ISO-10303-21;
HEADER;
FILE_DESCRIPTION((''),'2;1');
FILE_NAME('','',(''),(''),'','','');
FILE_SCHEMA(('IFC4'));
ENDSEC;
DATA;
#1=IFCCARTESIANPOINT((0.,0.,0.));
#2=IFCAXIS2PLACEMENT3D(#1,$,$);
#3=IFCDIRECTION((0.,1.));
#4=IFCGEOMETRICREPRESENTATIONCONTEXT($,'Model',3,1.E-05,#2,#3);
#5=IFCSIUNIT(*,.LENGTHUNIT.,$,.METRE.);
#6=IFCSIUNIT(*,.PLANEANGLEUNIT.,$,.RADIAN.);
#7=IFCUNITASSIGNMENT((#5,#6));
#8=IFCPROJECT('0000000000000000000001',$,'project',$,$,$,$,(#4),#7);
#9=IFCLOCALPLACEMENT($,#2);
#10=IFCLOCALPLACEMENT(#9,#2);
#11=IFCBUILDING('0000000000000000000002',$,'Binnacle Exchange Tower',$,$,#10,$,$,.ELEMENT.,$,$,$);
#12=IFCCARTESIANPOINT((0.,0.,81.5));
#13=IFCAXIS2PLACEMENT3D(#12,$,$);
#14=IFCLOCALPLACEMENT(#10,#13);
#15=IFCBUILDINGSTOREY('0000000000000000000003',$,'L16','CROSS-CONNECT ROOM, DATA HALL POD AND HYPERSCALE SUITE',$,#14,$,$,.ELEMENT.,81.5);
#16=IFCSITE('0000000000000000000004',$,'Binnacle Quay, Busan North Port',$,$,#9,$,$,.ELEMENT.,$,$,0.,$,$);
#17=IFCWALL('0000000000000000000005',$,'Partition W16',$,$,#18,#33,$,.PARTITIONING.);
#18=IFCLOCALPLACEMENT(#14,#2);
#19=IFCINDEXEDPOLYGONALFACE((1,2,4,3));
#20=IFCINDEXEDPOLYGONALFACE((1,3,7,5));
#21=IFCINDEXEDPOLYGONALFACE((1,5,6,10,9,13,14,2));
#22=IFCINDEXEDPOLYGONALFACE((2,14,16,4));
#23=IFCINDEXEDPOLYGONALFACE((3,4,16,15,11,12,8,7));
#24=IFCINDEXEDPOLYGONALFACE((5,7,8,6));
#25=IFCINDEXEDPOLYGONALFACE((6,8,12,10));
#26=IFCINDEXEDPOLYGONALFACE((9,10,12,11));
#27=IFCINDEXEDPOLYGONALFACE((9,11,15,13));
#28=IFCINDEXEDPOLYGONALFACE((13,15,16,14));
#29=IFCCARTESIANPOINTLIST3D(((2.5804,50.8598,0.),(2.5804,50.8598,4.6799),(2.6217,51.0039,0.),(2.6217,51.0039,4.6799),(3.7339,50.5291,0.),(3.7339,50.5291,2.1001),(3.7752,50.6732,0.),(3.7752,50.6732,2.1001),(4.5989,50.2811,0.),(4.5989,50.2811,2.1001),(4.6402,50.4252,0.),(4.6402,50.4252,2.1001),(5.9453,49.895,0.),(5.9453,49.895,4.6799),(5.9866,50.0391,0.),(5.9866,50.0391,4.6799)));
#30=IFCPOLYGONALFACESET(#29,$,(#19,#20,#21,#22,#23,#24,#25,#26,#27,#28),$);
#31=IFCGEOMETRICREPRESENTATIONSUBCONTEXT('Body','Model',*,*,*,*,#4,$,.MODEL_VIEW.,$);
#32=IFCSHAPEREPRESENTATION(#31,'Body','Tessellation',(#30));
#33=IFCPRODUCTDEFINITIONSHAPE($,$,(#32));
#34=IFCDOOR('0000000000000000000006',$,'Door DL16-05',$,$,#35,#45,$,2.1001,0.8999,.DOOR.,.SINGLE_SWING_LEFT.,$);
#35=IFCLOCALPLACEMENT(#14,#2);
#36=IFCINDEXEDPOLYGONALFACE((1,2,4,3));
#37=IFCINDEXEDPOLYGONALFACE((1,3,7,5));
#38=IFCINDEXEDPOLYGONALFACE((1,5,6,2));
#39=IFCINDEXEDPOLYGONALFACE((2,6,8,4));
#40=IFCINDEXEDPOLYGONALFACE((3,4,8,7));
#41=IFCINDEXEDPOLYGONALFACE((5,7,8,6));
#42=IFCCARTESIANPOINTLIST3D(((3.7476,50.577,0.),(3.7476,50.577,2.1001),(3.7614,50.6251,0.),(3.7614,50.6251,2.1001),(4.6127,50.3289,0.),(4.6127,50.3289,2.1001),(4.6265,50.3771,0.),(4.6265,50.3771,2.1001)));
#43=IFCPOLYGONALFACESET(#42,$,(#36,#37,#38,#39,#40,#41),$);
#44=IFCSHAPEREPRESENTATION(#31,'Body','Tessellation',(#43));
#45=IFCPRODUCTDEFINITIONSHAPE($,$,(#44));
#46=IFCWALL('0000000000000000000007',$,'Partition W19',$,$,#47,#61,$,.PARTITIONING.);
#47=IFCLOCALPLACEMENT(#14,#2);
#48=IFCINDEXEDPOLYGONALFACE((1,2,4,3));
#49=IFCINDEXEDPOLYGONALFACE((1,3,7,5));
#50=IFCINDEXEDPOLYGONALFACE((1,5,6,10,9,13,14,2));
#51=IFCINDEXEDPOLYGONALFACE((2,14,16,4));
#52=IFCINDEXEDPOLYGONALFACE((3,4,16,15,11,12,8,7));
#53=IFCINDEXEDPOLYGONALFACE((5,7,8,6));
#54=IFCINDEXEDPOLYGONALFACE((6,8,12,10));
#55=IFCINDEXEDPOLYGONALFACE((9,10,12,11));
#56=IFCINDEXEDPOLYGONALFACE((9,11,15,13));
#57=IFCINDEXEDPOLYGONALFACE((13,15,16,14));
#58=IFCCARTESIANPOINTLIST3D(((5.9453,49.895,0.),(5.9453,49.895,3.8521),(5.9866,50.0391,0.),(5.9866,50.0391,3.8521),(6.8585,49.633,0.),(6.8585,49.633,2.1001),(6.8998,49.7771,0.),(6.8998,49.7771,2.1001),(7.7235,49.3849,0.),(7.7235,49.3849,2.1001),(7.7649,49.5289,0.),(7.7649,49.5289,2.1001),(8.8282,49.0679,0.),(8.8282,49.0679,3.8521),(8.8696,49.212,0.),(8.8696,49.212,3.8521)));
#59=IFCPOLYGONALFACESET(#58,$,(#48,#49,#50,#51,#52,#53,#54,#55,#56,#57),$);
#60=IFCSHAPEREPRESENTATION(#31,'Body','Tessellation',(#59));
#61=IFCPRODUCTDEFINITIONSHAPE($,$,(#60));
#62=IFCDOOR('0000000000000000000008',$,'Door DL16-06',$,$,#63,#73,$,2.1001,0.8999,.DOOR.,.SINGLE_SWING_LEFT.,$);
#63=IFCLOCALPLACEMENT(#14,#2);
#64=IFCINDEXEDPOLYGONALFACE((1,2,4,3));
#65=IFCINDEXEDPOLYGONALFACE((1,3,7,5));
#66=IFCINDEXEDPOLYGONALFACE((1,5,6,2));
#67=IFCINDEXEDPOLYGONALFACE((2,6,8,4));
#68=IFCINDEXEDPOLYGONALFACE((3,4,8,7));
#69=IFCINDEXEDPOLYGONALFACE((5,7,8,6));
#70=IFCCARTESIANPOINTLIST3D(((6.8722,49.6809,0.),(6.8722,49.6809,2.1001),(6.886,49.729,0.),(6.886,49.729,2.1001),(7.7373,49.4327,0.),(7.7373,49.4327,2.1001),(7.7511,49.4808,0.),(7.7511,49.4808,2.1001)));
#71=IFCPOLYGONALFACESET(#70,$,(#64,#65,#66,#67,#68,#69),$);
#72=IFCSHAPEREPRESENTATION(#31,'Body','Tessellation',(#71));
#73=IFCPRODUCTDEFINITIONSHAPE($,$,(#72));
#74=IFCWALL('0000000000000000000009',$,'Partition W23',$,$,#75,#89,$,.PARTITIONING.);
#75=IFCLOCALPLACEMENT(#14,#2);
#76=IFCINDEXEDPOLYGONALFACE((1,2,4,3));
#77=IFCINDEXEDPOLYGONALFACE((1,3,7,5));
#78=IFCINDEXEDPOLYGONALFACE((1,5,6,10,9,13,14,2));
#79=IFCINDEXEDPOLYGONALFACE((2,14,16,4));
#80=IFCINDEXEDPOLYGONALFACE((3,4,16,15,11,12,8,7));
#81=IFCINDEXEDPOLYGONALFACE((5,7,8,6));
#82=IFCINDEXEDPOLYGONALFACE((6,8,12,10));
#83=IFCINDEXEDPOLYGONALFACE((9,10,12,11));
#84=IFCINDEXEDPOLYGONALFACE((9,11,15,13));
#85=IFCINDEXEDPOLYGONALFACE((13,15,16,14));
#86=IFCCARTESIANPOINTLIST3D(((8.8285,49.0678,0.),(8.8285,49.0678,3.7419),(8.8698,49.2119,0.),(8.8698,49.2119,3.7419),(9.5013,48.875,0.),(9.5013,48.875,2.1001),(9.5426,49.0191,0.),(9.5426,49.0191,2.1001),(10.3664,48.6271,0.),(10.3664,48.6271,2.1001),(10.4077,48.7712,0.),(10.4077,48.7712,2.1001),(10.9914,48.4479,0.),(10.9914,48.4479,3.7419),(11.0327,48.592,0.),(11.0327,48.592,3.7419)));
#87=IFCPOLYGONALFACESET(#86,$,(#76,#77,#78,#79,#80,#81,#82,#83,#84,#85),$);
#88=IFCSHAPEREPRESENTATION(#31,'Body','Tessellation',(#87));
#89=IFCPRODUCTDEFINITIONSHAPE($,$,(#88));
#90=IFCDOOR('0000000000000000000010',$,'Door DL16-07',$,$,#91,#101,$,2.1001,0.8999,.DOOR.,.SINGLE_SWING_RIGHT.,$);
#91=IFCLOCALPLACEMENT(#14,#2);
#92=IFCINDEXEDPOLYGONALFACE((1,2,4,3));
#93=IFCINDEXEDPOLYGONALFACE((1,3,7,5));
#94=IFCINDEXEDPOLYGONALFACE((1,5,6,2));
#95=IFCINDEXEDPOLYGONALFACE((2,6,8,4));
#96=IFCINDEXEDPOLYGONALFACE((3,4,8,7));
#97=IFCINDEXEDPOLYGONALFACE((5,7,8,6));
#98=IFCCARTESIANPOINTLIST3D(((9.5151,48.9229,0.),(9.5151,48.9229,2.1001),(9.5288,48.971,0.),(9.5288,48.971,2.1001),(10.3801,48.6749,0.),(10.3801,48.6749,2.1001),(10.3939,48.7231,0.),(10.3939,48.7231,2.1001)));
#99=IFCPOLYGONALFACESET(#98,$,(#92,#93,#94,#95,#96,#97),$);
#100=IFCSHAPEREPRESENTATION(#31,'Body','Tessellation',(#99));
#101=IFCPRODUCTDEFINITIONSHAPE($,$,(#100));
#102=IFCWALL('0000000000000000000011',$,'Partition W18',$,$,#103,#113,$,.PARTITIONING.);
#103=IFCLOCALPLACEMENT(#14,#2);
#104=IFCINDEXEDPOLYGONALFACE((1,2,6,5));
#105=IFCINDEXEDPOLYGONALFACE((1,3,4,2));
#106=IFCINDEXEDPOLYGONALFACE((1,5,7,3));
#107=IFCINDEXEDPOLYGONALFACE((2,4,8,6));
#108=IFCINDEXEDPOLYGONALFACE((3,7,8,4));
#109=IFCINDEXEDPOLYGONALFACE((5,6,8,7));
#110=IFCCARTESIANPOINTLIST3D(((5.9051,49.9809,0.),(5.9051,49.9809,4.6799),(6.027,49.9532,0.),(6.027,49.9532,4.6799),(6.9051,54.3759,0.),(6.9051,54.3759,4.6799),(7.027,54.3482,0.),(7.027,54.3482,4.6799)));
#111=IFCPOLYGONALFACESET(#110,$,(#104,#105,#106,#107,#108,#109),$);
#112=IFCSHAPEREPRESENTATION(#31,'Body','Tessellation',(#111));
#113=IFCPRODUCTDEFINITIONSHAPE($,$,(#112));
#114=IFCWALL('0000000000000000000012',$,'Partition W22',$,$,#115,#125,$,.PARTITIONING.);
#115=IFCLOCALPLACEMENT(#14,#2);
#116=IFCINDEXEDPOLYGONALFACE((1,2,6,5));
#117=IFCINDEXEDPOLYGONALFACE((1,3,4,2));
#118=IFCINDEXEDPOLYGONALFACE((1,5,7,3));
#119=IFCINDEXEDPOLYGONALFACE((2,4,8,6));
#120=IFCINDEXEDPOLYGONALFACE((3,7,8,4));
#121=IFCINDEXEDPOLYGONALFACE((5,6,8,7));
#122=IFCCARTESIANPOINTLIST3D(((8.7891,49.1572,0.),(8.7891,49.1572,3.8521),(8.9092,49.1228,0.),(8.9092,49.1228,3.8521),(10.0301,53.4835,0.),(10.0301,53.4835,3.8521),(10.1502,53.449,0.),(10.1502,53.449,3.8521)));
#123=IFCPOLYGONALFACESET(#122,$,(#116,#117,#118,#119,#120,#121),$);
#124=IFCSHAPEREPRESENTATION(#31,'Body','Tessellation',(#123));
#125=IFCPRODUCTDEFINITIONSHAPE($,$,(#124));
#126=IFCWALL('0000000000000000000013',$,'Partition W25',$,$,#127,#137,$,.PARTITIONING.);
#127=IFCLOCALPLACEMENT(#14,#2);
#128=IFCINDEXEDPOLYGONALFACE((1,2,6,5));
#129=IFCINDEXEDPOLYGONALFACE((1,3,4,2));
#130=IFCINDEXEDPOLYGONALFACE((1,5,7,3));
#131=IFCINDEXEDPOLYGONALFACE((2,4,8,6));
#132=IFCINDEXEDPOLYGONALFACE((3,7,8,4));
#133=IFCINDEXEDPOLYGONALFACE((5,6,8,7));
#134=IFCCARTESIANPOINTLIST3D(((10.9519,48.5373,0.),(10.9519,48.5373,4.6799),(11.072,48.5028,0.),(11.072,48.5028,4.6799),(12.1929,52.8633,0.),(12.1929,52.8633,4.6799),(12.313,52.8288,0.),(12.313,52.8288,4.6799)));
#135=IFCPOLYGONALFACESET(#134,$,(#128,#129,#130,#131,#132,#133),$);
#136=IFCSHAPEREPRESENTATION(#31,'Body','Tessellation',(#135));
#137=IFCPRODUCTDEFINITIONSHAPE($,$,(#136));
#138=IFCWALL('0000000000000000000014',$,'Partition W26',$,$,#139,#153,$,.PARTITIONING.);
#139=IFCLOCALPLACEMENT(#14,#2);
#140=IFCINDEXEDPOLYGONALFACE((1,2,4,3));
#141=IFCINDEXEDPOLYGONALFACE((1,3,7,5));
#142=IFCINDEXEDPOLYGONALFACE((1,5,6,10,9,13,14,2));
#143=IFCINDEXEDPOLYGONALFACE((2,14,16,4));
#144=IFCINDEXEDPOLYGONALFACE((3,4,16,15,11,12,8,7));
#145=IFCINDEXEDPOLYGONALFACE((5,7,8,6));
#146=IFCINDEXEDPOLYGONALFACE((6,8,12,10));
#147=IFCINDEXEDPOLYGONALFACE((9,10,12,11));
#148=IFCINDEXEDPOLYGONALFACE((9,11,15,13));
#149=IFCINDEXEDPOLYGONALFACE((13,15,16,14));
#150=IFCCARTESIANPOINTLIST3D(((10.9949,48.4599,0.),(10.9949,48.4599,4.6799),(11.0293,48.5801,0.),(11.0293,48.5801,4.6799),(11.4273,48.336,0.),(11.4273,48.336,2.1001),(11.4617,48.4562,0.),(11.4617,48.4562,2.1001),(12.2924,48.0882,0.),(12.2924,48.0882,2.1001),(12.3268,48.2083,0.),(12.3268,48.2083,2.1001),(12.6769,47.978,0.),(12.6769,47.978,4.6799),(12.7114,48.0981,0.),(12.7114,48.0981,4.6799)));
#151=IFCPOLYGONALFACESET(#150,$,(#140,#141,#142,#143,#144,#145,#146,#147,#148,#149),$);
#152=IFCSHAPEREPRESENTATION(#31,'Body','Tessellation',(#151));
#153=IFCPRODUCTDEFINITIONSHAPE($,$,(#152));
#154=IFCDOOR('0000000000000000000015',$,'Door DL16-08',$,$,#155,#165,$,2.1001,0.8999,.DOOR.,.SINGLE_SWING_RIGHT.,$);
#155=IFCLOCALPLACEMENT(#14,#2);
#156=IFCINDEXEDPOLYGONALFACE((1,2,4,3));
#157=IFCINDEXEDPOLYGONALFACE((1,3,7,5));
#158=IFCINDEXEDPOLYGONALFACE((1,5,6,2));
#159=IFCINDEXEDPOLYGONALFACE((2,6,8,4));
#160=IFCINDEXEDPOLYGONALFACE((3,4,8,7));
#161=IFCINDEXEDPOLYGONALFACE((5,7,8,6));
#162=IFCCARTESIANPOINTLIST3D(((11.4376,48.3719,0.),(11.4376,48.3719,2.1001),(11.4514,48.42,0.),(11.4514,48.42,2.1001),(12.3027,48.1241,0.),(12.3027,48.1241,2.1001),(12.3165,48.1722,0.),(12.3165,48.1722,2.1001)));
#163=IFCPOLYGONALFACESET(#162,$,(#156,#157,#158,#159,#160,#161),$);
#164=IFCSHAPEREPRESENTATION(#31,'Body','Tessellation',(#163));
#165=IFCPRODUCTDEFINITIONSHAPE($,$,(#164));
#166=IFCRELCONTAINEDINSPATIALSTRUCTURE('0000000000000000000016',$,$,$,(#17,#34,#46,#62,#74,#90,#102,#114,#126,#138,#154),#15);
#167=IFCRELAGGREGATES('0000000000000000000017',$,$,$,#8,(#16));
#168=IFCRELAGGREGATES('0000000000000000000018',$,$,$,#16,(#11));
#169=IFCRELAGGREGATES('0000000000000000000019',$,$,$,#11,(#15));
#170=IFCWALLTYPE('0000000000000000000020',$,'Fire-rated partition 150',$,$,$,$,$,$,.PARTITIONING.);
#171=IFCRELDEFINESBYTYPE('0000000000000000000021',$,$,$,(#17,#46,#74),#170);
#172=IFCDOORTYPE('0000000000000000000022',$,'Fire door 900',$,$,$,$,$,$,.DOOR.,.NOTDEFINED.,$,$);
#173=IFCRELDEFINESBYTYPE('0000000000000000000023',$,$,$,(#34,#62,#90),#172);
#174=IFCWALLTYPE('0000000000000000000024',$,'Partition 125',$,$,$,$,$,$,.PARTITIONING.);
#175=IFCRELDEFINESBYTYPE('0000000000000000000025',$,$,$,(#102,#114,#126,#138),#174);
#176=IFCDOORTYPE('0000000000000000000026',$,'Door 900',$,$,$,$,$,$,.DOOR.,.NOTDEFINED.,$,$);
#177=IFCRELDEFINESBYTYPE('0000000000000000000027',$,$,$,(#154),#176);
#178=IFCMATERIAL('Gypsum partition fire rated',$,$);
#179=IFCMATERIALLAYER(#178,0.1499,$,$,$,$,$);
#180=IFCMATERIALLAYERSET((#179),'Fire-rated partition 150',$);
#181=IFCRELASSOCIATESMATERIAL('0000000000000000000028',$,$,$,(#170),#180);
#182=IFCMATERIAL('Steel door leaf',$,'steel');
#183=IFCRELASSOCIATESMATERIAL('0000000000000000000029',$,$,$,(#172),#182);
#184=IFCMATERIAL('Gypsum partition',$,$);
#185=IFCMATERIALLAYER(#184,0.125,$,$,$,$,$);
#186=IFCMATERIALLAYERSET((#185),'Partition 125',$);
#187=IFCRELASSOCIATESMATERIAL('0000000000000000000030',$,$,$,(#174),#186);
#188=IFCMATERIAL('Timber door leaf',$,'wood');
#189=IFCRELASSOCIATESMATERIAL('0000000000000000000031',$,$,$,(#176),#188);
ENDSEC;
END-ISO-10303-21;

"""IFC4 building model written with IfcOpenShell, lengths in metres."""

from ifc_helpers import new_model, si_unit, direction, frame, frame_2d, origin, place, context, subcontext, project, spatial, rectangle, extrude, material, layer, layer_set, type_object, element, fill, save


model = new_model("IFC4")

# Units and contexts
model_context = context("Model", 3, precision=1e-05, world=origin(), true_north=direction((0.0, 1.0)))
body_context = subcontext(model_context, "Body", "Model", "MODEL_VIEW")
ifc_project = project(units=[si_unit("LENGTHUNIT", "METRE"), si_unit("PLANEANGLEUNIT", "RADIAN")], contexts=[model_context])

# Site, building, storey
site_placement = place(None, origin())
site = spatial("IfcSite", under=ifc_project, at=site_placement, Name="Binnacle Quay, Busan North Port", CompositionType="ELEMENT", RefElevation=0.0)
building_placement = place(site_placement, origin())
building = spatial("IfcBuilding", under=site, at=building_placement, Name="Binnacle Exchange Tower", CompositionType="ELEMENT")
storey_placement = place(building_placement, frame((0.0, 0.0, 81.5)))
storey = spatial("IfcBuildingStorey", under=building, at=storey_placement, Name="L16", Description="CROSS-CONNECT ROOM, DATA HALL POD AND HYPERSCALE SUITE", CompositionType="ELEMENT", Elevation=81.5)

# Shared definitions
ifc_material_1 = material(Name="Gypsum partition fire rated")
ifc_layer_1 = layer(ifc_material_1, 0.1499)
ifc_layer_set_1 = layer_set([ifc_layer_1], Name="Fire-rated partition 150")
wall_type_1 = type_object("IfcWallType", Name="Fire-rated partition 150", PredefinedType="PARTITIONING", material=ifc_layer_set_1)

# Walls, openings, doors
wall_1_placement = place(storey_placement, frame((2.6011, 50.9319, 0.0), z_axis=(0.0, 0.0, 1.0), x_axis=(0.961266, -0.275624, 0.0)))
wall_1 = element("IfcWall", 1, at=wall_1_placement, inside=storey, type_object=wall_type_1, Name="Partition W16", PredefinedType="PARTITIONING", context=body_context, shape_type="SweptSolid", body=[
    extrude(rectangle(XDim=3.5005, YDim=0.1499, at=frame_2d((1.7502, 0.0))), origin(), (0.0, 0.0, 1.0), 4.6799),
])
opening_1_placement = place(wall_1_placement, frame((1.2, 0.0, 0.0)))
opening_1 = element("IfcOpeningElement", 2, at=opening_1_placement, cuts=wall_1, PredefinedType="OPENING", context=body_context, shape_type="SweptSolid", body=[
    extrude(rectangle(XDim=0.8999, YDim=2.1001, at=frame_2d((0.45, 1.05))), frame((0.0, 0.085, 0.0), z_axis=(0.0, -1.0, 0.0), x_axis=(1.0, 0.0, 0.0)), (0.0, 0.0, 1.0), 0.1699),
])
ifc_material_2 = material(Name="Steel door leaf", Category="steel")
door_type_1 = type_object("IfcDoorType", Name="Fire door 900", OperationType="NOTDEFINED", PredefinedType="DOOR", material=ifc_material_2)
door_1_placement = place(opening_1_placement, origin())
door_1 = element("IfcDoor", 3, at=door_1_placement, inside=storey, type_object=door_type_1, Name="Door DL16-05", OperationType="SINGLE_SWING_LEFT", OverallHeight=2.1001, OverallWidth=0.8999, PredefinedType="DOOR", context=body_context, shape_type="SweptSolid", body=[
    extrude(rectangle(XDim=0.8999, YDim=2.1001, at=frame_2d((0.45, 1.05))), frame((0.0, 0.0249, 0.0), z_axis=(0.0, -1.0, 0.0), x_axis=(1.0, 0.0, 0.0)), (0.0, 0.0, 1.0), 0.05),
])
fill(opening_1, door_1)
wall_2_placement = place(storey_placement, frame((5.9661, 49.967, 0.0), z_axis=(0.0, 0.0, 1.0), x_axis=(0.961222, -0.275775, 0.0)))
wall_2 = element("IfcWall", 4, at=wall_2_placement, inside=storey, type_object=wall_type_1, Name="Partition W19", PredefinedType="PARTITIONING", context=body_context, shape_type="SweptSolid", body=[
    extrude(rectangle(XDim=2.9993, YDim=0.1499, at=frame_2d((1.4995, 0.0))), origin(), (0.0, 0.0, 1.0), 3.8521),
])
opening_2_placement = place(wall_2_placement, frame((0.95, 0.0, 0.0)))
opening_2 = element("IfcOpeningElement", 5, at=opening_2_placement, cuts=wall_2, PredefinedType="OPENING", context=body_context, shape_type="SweptSolid", body=[
    extrude(rectangle(XDim=0.8999, YDim=2.1001, at=frame_2d((0.45, 1.05))), frame((0.0, 0.085, 0.0), z_axis=(0.0, -1.0, 0.0), x_axis=(1.0, 0.0, 0.0)), (0.0, 0.0, 1.0), 0.1699),
])
door_2_placement = place(opening_2_placement, origin())
door_2 = element("IfcDoor", 6, at=door_2_placement, inside=storey, type_object=door_type_1, Name="Door DL16-06", OperationType="SINGLE_SWING_LEFT", OverallHeight=2.1001, OverallWidth=0.8999, PredefinedType="DOOR", context=body_context, shape_type="SweptSolid", body=[
    extrude(rectangle(XDim=0.8999, YDim=2.1001, at=frame_2d((0.45, 1.05))), frame((0.0, 0.0249, 0.0), z_axis=(0.0, -1.0, 0.0), x_axis=(1.0, 0.0, 0.0)), (0.0, 0.0, 1.0), 0.05),
])
fill(opening_2, door_2)
wall_3_placement = place(storey_placement, frame((8.8491, 49.1399, 0.0), z_axis=(0.0, 0.0, 1.0), x_axis=(0.961298, -0.275509, 0.0)))
wall_3 = element("IfcWall", 7, at=wall_3_placement, inside=storey, type_object=wall_type_1, Name="Partition W23", PredefinedType="PARTITIONING", context=body_context, shape_type="SweptSolid", body=[
    extrude(rectangle(XDim=2.25, YDim=0.1499, at=frame_2d((1.125, 0.0))), origin(), (0.0, 0.0, 1.0), 3.7419),
])
opening_3_placement = place(wall_3_placement, frame((0.7, 0.0, 0.0)))
opening_3 = element("IfcOpeningElement", 8, at=opening_3_placement, cuts=wall_3, PredefinedType="OPENING", context=body_context, shape_type="SweptSolid", body=[
    extrude(rectangle(XDim=0.8999, YDim=2.1001, at=frame_2d((0.45, 1.05))), frame((0.0, 0.085, 0.0), z_axis=(0.0, -1.0, 0.0), x_axis=(1.0, 0.0, 0.0)), (0.0, 0.0, 1.0), 0.1699),
])
door_3_placement = place(opening_3_placement, origin())
door_3 = element("IfcDoor", 9, at=door_3_placement, inside=storey, type_object=door_type_1, Name="Door DL16-07", OperationType="SINGLE_SWING_RIGHT", OverallHeight=2.1001, OverallWidth=0.8999, PredefinedType="DOOR", context=body_context, shape_type="SweptSolid", body=[
    extrude(rectangle(XDim=0.8999, YDim=2.1001, at=frame_2d((0.45, 1.05))), frame((0.0, 0.0249, 0.0), z_axis=(0.0, -1.0, 0.0), x_axis=(1.0, 0.0, 0.0)), (0.0, 0.0, 1.0), 0.05),
])
fill(opening_3, door_3)

# Walls
ifc_material_3 = material(Name="Gypsum partition")
ifc_layer_2 = layer(ifc_material_3, 0.125)
ifc_layer_set_2 = layer_set([ifc_layer_2], Name="Partition 125")
wall_type_2 = type_object("IfcWallType", Name="Partition 125", PredefinedType="PARTITIONING", material=ifc_layer_set_2)
wall_4_placement = place(storey_placement, frame((5.9661, 49.967, 0.0), z_axis=(0.0, 0.0, 1.0), x_axis=(0.22186, 0.975079, 0.0)))
element("IfcWall", 10, at=wall_4_placement, inside=storey, type_object=wall_type_2, Name="Partition W18", PredefinedType="PARTITIONING", context=body_context, shape_type="SweptSolid", body=[
    extrude(rectangle(XDim=4.5073, YDim=0.125, at=frame_2d((2.2537, 0.0))), origin(), (0.0, 0.0, 1.0), 4.6799),
])
wall_5_placement = place(storey_placement, frame((8.8491, 49.1399, 0.0), z_axis=(0.0, 0.0, 1.0), x_axis=(0.275731, 0.961235, 0.0)))
element("IfcWall", 11, at=wall_5_placement, inside=storey, type_object=wall_type_2, Name="Partition W22", PredefinedType="PARTITIONING", context=body_context, shape_type="SweptSolid", body=[
    extrude(rectangle(XDim=4.5007, YDim=0.125, at=frame_2d((2.2505, 0.0))), origin(), (0.0, 0.0, 1.0), 3.8521),
])
wall_6_placement = place(storey_placement, frame((11.012, 48.52, 0.0), z_axis=(0.0, 0.0, 1.0), x_axis=(0.275746, 0.961231, 0.0)))
element("IfcWall", 12, at=wall_6_placement, inside=storey, type_object=wall_type_2, Name="Partition W25", PredefinedType="PARTITIONING", context=body_context, shape_type="SweptSolid", body=[
    extrude(rectangle(XDim=4.5005, YDim=0.125, at=frame_2d((2.2502, 0.0))), origin(), (0.0, 0.0, 1.0), 4.6799),
])

# Wall, opening, door
wall_7_placement = place(storey_placement, frame((11.012, 48.52, 0.0), z_axis=(0.0, 0.0, 1.0), x_axis=(0.961324, -0.275421, 0.0)))
wall_7 = element("IfcWall", 13, at=wall_7_placement, inside=storey, type_object=wall_type_2, Name="Partition W26", PredefinedType="PARTITIONING", context=body_context, shape_type="SweptSolid", body=[
    extrude(rectangle(XDim=1.7498, YDim=0.125, at=frame_2d((0.875, 0.0))), origin(), (0.0, 0.0, 1.0), 4.6799),
])
opening_4_placement = place(wall_7_placement, frame((0.45, 0.0, 0.0)))
opening_4 = element("IfcOpeningElement", 14, at=opening_4_placement, cuts=wall_7, PredefinedType="OPENING", context=body_context, shape_type="SweptSolid", body=[
    extrude(rectangle(XDim=0.8999, YDim=2.1001, at=frame_2d((0.45, 1.05))), frame((0.0, 0.0725, 0.0), z_axis=(0.0, -1.0, 0.0), x_axis=(1.0, 0.0, 0.0)), (0.0, 0.0, 1.0), 0.145),
])
ifc_material_4 = material(Name="Timber door leaf", Category="wood")
door_type_2 = type_object("IfcDoorType", Name="Door 900", OperationType="NOTDEFINED", PredefinedType="DOOR", material=ifc_material_4)
door_4_placement = place(opening_4_placement, origin())
door_4 = element("IfcDoor", 15, at=door_4_placement, inside=storey, type_object=door_type_2, Name="Door DL16-08", OperationType="SINGLE_SWING_RIGHT", OverallHeight=2.1001, OverallWidth=0.8999, PredefinedType="DOOR", context=body_context, shape_type="SweptSolid", body=[
    extrude(rectangle(XDim=0.8999, YDim=2.1001, at=frame_2d((0.45, 1.05))), frame((0.0, 0.0249, 0.0), z_axis=(0.0, -1.0, 0.0), x_axis=(1.0, 0.0, 0.0)), (0.0, 0.0, 1.0), 0.05),
])
fill(opening_4, door_4)

save(model, "model.ifc")
